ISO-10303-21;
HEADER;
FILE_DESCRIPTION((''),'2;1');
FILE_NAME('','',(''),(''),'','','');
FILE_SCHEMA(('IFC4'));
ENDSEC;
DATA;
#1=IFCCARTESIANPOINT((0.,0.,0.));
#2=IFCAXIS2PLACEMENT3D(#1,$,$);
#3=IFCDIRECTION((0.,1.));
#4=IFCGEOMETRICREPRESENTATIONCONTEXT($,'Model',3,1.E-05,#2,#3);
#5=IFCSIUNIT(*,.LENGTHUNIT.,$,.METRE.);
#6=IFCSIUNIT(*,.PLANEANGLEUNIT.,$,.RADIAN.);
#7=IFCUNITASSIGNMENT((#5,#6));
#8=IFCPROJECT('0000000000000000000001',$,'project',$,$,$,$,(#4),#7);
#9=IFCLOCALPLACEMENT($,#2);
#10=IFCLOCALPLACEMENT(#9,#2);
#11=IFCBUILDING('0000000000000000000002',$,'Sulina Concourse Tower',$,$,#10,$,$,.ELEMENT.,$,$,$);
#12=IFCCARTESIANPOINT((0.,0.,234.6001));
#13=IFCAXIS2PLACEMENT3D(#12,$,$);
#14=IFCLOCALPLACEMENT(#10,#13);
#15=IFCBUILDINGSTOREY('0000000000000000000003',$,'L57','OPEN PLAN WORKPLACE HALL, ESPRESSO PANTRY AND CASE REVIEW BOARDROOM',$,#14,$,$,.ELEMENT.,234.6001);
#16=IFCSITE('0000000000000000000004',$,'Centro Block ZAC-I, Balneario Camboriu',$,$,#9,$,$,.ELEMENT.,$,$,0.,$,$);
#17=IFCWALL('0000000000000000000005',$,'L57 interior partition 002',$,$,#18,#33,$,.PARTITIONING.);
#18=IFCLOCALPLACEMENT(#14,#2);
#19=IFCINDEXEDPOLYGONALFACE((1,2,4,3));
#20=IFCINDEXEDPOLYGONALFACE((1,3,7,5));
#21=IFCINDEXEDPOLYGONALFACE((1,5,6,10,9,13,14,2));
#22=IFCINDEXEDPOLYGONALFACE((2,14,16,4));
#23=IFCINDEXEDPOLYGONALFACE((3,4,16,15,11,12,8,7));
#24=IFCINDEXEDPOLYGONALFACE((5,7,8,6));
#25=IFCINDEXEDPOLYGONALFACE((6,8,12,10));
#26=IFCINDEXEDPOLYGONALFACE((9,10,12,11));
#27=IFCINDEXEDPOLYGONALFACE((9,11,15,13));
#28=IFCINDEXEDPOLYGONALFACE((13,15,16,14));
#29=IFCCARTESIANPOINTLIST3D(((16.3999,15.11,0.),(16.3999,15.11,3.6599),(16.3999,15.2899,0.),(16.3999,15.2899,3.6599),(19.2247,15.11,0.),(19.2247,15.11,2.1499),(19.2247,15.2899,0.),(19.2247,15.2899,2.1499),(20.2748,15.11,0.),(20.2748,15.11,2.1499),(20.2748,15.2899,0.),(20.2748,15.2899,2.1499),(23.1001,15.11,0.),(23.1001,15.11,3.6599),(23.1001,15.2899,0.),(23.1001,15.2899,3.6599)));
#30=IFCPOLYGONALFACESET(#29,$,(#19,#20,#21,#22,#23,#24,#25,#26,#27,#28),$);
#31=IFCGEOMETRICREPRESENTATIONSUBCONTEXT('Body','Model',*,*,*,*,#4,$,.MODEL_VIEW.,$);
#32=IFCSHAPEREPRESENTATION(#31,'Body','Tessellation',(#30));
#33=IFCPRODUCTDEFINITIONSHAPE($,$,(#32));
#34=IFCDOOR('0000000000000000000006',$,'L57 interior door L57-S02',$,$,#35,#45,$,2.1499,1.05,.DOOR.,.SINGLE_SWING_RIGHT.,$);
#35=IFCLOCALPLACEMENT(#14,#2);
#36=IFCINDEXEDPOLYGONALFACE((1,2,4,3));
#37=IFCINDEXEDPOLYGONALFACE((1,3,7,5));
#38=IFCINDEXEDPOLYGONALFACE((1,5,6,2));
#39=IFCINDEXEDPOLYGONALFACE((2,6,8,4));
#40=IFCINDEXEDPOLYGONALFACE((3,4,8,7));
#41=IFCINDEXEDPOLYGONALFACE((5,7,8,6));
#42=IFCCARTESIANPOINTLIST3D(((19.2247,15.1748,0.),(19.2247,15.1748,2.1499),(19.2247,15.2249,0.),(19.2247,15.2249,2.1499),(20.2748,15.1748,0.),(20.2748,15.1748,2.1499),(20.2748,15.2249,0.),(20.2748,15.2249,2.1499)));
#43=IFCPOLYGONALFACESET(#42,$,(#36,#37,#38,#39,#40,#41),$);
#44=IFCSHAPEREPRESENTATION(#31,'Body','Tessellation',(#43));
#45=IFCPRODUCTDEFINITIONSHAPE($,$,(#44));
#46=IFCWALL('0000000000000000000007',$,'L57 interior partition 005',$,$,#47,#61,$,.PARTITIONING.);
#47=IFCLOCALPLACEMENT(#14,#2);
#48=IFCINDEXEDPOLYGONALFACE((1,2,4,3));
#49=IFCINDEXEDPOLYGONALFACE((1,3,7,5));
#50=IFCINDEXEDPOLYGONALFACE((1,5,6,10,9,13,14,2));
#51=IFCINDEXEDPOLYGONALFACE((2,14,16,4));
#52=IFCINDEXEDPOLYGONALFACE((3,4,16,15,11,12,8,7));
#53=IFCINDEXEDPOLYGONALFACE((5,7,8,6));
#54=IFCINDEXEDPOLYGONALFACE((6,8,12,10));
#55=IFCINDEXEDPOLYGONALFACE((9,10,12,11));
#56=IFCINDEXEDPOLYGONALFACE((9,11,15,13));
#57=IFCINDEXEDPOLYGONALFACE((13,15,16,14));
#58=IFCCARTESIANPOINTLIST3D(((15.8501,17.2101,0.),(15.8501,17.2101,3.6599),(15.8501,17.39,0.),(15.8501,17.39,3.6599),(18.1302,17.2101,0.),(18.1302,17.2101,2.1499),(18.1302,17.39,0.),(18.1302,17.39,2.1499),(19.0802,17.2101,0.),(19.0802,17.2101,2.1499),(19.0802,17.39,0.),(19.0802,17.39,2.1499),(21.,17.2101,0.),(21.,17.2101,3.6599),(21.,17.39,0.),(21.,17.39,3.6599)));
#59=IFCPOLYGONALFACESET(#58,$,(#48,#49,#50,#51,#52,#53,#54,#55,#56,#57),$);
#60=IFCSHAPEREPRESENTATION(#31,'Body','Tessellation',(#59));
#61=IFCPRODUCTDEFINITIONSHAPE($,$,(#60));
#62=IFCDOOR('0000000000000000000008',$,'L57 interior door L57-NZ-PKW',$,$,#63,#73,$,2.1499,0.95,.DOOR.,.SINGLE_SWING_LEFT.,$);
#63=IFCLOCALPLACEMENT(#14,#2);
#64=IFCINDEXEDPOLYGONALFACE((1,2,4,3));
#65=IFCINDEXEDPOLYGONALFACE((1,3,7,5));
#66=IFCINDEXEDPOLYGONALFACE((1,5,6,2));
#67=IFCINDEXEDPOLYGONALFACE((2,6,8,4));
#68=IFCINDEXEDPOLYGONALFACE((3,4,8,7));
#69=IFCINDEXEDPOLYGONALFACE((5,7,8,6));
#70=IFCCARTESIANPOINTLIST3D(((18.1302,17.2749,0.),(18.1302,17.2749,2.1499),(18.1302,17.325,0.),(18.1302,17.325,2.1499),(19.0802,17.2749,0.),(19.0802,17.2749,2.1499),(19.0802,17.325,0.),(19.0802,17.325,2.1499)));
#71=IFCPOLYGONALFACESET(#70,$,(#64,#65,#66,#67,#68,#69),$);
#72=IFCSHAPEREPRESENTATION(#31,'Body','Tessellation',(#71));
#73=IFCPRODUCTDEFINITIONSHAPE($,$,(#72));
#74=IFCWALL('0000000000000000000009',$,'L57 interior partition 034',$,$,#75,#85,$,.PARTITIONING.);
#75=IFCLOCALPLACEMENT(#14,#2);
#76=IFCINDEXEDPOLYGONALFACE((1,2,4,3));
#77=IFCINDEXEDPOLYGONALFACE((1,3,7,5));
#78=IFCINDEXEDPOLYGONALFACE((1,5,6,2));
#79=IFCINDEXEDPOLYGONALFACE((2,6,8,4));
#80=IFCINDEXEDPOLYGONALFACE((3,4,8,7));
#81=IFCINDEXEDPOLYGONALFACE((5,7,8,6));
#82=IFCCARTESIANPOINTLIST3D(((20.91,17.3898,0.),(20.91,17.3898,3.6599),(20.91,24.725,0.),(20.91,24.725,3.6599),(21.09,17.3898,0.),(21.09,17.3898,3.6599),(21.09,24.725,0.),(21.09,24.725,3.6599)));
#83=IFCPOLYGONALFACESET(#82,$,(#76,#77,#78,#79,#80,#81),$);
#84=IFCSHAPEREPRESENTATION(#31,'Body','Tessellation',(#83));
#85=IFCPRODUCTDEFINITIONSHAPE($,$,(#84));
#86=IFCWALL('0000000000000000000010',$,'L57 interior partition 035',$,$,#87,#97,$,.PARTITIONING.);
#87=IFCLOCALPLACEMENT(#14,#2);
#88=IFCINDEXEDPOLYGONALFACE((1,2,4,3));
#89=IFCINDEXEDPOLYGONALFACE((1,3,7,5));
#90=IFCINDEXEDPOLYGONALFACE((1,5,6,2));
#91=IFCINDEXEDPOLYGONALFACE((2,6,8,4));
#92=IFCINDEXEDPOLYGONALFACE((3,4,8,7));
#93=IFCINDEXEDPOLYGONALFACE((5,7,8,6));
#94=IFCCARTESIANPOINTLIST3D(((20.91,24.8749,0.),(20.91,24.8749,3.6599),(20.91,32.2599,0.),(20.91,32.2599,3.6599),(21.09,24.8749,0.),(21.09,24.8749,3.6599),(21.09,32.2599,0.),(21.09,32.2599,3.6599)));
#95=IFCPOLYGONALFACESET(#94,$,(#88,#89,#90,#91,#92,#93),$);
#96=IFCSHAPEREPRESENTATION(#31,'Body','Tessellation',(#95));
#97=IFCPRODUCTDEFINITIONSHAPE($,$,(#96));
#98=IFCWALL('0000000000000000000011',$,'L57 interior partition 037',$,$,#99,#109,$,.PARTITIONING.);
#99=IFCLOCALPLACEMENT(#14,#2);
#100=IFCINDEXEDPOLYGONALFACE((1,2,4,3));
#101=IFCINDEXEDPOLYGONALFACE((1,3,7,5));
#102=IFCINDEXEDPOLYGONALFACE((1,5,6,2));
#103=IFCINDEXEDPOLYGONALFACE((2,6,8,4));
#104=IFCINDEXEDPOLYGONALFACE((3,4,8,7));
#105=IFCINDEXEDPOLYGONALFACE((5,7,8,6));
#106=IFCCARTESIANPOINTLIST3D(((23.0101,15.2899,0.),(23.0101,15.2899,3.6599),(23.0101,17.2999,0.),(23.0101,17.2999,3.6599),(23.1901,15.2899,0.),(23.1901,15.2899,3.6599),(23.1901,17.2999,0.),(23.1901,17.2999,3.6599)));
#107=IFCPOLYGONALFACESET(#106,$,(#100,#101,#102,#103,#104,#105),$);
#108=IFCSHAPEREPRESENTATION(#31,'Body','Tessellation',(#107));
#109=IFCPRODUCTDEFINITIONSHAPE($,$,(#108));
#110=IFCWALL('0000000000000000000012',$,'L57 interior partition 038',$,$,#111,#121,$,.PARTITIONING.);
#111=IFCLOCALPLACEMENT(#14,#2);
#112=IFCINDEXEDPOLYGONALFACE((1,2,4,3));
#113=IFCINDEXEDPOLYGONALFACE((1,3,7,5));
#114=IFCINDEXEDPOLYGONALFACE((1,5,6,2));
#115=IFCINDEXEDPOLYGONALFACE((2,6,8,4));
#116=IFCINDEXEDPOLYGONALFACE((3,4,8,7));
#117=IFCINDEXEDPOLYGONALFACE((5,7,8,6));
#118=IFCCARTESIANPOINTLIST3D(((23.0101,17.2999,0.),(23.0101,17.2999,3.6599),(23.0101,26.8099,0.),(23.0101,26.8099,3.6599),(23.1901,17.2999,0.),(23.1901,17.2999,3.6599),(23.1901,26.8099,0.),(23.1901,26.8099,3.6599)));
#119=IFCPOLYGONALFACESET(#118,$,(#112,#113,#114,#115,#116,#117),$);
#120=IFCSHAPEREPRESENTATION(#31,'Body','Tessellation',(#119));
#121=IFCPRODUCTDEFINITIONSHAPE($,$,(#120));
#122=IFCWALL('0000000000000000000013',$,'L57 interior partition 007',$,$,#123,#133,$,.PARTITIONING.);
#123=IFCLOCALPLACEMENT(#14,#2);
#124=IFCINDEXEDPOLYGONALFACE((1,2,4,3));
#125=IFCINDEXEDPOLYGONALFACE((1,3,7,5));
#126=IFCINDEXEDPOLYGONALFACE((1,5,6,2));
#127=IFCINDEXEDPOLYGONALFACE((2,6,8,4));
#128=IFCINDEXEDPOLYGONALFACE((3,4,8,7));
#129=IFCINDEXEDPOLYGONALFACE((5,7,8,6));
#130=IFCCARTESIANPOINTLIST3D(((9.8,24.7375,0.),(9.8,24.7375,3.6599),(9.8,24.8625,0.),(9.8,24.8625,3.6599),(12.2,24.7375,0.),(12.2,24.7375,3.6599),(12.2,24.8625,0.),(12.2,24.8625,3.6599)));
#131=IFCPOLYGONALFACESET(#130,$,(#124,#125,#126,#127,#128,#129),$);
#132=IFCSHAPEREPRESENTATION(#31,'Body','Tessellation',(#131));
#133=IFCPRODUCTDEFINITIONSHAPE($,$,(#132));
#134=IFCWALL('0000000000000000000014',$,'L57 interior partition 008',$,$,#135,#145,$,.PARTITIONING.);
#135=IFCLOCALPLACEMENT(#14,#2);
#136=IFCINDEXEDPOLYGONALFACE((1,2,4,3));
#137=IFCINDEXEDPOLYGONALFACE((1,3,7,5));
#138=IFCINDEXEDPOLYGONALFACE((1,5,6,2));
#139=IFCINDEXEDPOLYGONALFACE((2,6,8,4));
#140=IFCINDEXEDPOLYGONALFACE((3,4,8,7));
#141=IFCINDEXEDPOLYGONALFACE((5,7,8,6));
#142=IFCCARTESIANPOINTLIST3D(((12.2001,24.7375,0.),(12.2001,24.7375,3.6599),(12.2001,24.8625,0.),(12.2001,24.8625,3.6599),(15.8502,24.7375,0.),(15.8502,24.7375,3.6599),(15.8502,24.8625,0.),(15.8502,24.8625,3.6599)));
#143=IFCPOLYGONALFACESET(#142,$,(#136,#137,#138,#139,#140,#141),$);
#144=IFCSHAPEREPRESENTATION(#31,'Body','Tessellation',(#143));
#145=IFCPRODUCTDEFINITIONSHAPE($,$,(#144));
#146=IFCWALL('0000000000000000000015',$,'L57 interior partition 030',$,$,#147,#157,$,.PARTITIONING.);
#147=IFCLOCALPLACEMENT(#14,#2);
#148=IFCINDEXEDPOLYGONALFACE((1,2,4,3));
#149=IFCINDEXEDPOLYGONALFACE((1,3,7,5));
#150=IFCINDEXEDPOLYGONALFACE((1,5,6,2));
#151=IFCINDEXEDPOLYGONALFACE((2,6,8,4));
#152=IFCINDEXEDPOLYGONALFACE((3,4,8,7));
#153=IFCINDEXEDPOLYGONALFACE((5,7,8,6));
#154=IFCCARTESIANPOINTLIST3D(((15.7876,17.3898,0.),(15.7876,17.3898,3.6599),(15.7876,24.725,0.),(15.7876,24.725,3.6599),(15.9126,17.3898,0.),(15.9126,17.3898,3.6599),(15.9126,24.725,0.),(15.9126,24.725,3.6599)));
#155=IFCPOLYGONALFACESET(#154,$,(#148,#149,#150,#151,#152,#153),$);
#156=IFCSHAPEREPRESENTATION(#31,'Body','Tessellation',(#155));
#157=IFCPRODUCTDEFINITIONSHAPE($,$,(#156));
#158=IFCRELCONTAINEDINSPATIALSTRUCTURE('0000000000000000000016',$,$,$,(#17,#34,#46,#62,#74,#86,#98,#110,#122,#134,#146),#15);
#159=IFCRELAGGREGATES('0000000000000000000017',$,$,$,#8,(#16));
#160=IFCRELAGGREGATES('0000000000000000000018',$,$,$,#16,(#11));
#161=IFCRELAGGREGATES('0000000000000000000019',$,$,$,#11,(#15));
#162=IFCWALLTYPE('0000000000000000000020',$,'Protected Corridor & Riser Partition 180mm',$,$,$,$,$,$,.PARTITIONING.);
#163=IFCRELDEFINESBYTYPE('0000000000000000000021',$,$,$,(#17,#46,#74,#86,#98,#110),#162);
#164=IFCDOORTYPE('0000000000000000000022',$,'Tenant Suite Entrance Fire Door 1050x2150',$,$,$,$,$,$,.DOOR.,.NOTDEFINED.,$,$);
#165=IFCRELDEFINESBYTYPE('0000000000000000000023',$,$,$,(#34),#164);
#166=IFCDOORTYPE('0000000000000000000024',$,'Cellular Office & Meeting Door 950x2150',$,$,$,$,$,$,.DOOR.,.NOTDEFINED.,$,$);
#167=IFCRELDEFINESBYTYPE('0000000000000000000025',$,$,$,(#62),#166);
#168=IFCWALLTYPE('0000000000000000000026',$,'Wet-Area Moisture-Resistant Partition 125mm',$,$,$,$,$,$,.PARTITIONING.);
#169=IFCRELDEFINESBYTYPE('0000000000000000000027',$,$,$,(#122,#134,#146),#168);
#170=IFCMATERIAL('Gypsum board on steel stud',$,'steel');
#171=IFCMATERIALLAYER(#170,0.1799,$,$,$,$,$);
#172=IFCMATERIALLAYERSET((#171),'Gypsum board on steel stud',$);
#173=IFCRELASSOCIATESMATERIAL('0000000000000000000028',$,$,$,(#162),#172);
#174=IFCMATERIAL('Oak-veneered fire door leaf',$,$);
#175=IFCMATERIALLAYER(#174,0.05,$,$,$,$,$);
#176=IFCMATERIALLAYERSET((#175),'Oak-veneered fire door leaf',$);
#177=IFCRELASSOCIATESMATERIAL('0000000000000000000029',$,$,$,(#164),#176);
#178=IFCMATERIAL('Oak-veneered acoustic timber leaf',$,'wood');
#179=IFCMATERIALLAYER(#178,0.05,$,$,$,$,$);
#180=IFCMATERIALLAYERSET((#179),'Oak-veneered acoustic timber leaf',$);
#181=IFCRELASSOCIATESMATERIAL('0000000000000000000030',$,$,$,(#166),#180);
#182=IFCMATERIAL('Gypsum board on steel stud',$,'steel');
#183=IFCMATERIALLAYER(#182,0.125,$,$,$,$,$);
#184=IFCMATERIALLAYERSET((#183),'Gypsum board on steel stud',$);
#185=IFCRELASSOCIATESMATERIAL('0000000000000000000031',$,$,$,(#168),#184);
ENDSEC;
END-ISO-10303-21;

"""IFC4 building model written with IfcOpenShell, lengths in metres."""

from ifc_helpers import new_model, si_unit, direction, frame, frame_2d, origin, place, context, subcontext, project, spatial, rectangle, extrude, material, layer, layer_set, type_object, element, fill, save


model = new_model("IFC4")

# Units and contexts
model_context = context("Model", 3, precision=1e-05, world=origin(), true_north=direction((0.0, 1.0)))
body_context = subcontext(model_context, "Body", "Model", "MODEL_VIEW")
ifc_project = project(units=[si_unit("LENGTHUNIT", "METRE"), si_unit("PLANEANGLEUNIT", "RADIAN")], contexts=[model_context])

# Site, building, storey
site_placement = place(None, origin())
site = spatial("IfcSite", under=ifc_project, at=site_placement, Name="Centro Block ZAC-I, Balneario Camboriu", CompositionType="ELEMENT", RefElevation=0.0)
building_placement = place(site_placement, origin())
building = spatial("IfcBuilding", under=site, at=building_placement, Name="Sulina Concourse Tower", CompositionType="ELEMENT")
storey_placement = place(building_placement, frame((0.0, 0.0, 234.6001)))
storey = spatial("IfcBuildingStorey", under=building, at=storey_placement, Name="L57", Description="OPEN PLAN WORKPLACE HALL, ESPRESSO PANTRY AND CASE REVIEW BOARDROOM", CompositionType="ELEMENT", Elevation=234.6001)

# Walls, openings, doors
ifc_material_1 = material(Name="Gypsum board on steel stud", Category="steel")
ifc_layer_1 = layer(ifc_material_1, 0.1799)
ifc_layer_set_1 = layer_set([ifc_layer_1], Name="Gypsum board on steel stud")
wall_type_1 = type_object("IfcWallType", Name="Protected Corridor & Riser Partition 180mm", PredefinedType="PARTITIONING", material=ifc_layer_set_1)
wall_1_placement = place(storey_placement, frame((16.3999, 15.2, 0.0), z_axis=(0.0, 0.0, 1.0), x_axis=(1.0, 0.0, 0.0)))
wall_1 = element("IfcWall", 1, at=wall_1_placement, inside=storey, type_object=wall_type_1, Name="L57 interior partition 002", PredefinedType="PARTITIONING", context=body_context, shape_type="SweptSolid", body=[
    extrude(rectangle(XDim=6.7002, YDim=0.1799, at=frame_2d((3.3501, 0.0))), origin(), (0.0, 0.0, 1.0), 3.6599),
])
opening_1_placement = place(wall_1_placement, frame((2.825, 0.0, 0.0)))
opening_1 = element("IfcOpeningElement", 2, at=opening_1_placement, cuts=wall_1, PredefinedType="OPENING", context=body_context, shape_type="SweptSolid", body=[
    extrude(rectangle(XDim=1.05, YDim=2.1499, at=frame_2d((0.5249, 1.075))), frame((0.0, 0.0999, 0.0), z_axis=(0.0, -1.0, 0.0), x_axis=(1.0, 0.0, 0.0)), (0.0, 0.0, 1.0), 0.2),
])
ifc_material_2 = material(Name="Oak-veneered fire door leaf")
ifc_layer_2 = layer(ifc_material_2, 0.05)
ifc_layer_set_2 = layer_set([ifc_layer_2], Name="Oak-veneered fire door leaf")
door_type_1 = type_object("IfcDoorType", Name="Tenant Suite Entrance Fire Door 1050x2150", OperationType="NOTDEFINED", PredefinedType="DOOR", material=ifc_layer_set_2)
door_1_placement = place(opening_1_placement, origin())
door_1 = element("IfcDoor", 3, at=door_1_placement, inside=storey, type_object=door_type_1, Name="L57 interior door L57-S02", OperationType="SINGLE_SWING_RIGHT", OverallHeight=2.1499, OverallWidth=1.05, PredefinedType="DOOR", context=body_context, shape_type="SweptSolid", body=[
    extrude(rectangle(XDim=1.05, YDim=2.1499, at=frame_2d((0.5249, 1.075))), frame((0.0, 0.0249, 0.0), z_axis=(0.0, -1.0, 0.0), x_axis=(1.0, 0.0, 0.0)), (0.0, 0.0, 1.0), 0.05),
])
fill(opening_1, door_1)
wall_2_placement = place(storey_placement, frame((15.8501, 17.3, 0.0), z_axis=(0.0, 0.0, 1.0), x_axis=(1.0, 0.0, 0.0)))
wall_2 = element("IfcWall", 4, at=wall_2_placement, inside=storey, type_object=wall_type_1, Name="L57 interior partition 005", PredefinedType="PARTITIONING", context=body_context, shape_type="SweptSolid", body=[
    extrude(rectangle(XDim=5.1499, YDim=0.1799, at=frame_2d((2.575, 0.0))), origin(), (0.0, 0.0, 1.0), 3.6599),
])
opening_2_placement = place(wall_2_placement, frame((2.28, 0.0, 0.0)))
opening_2 = element("IfcOpeningElement", 5, at=opening_2_placement, cuts=wall_2, PredefinedType="OPENING", context=body_context, shape_type="SweptSolid", body=[
    extrude(rectangle(XDim=0.95, YDim=2.1499, at=frame_2d((0.4751, 1.075))), frame((0.0, 0.0999, 0.0), z_axis=(0.0, -1.0, 0.0), x_axis=(1.0, 0.0, 0.0)), (0.0, 0.0, 1.0), 0.2),
])
ifc_material_3 = material(Name="Oak-veneered acoustic timber leaf", Category="wood")
ifc_layer_3 = layer(ifc_material_3, 0.05)
ifc_layer_set_3 = layer_set([ifc_layer_3], Name="Oak-veneered acoustic timber leaf")
door_type_2 = type_object("IfcDoorType", Name="Cellular Office & Meeting Door 950x2150", OperationType="NOTDEFINED", PredefinedType="DOOR", material=ifc_layer_set_3)
door_2_placement = place(opening_2_placement, origin())
door_2 = element("IfcDoor", 6, at=door_2_placement, inside=storey, type_object=door_type_2, Name="L57 interior door L57-NZ-PKW", OperationType="SINGLE_SWING_LEFT", OverallHeight=2.1499, OverallWidth=0.95, PredefinedType="DOOR", context=body_context, shape_type="SweptSolid", body=[
    extrude(rectangle(XDim=0.95, YDim=2.1499, at=frame_2d((0.4751, 1.075))), frame((0.0, 0.0249, 0.0), z_axis=(0.0, -1.0, 0.0), x_axis=(1.0, 0.0, 0.0)), (0.0, 0.0, 1.0), 0.05),
])
fill(opening_2, door_2)

# Walls
wall_3_placement = place(storey_placement, frame((21.0, 17.3899, 0.0), z_axis=(0.0, 0.0, 1.0), x_axis=(0.0, 1.0, 0.0)))
element("IfcWall", 7, at=wall_3_placement, inside=storey, type_object=wall_type_1, Name="L57 interior partition 034", PredefinedType="PARTITIONING", context=body_context, shape_type="SweptSolid", body=[
    extrude(rectangle(XDim=7.3352, YDim=0.1799, at=frame_2d((3.6675, 0.0))), origin(), (0.0, 0.0, 1.0), 3.6599),
])
wall_4_placement = place(storey_placement, frame((21.0, 24.875, 0.0), z_axis=(0.0, 0.0, 1.0), x_axis=(0.0, 1.0, 0.0)))
element("IfcWall", 8, at=wall_4_placement, inside=storey, type_object=wall_type_1, Name="L57 interior partition 035", PredefinedType="PARTITIONING", context=body_context, shape_type="SweptSolid", body=[
    extrude(rectangle(XDim=7.385, YDim=0.1799, at=frame_2d((3.6924, 0.0))), origin(), (0.0, 0.0, 1.0), 3.6599),
])
wall_5_placement = place(storey_placement, frame((23.1001, 15.29, 0.0), z_axis=(0.0, 0.0, 1.0), x_axis=(0.0, 1.0, 0.0)))
element("IfcWall", 9, at=wall_5_placement, inside=storey, type_object=wall_type_1, Name="L57 interior partition 037", PredefinedType="PARTITIONING", context=body_context, shape_type="SweptSolid", body=[
    extrude(rectangle(XDim=2.01, YDim=0.1799, at=frame_2d((1.0049, 0.0))), origin(), (0.0, 0.0, 1.0), 3.6599),
])
wall_6_placement = place(storey_placement, frame((23.1001, 17.3, 0.0), z_axis=(0.0, 0.0, 1.0), x_axis=(0.0, 1.0, 0.0)))
element("IfcWall", 10, at=wall_6_placement, inside=storey, type_object=wall_type_1, Name="L57 interior partition 038", PredefinedType="PARTITIONING", context=body_context, shape_type="SweptSolid", body=[
    extrude(rectangle(XDim=9.51, YDim=0.1799, at=frame_2d((4.7549, 0.0))), origin(), (0.0, 0.0, 1.0), 3.6599),
])
ifc_material_4 = material(Name="Gypsum board on steel stud", Category="steel")
ifc_layer_4 = layer(ifc_material_4, 0.125)
ifc_layer_set_4 = layer_set([ifc_layer_4], Name="Gypsum board on steel stud")
wall_type_2 = type_object("IfcWallType", Name="Wet-Area Moisture-Resistant Partition 125mm", PredefinedType="PARTITIONING", material=ifc_layer_set_4)
wall_7_placement = place(storey_placement, frame((9.8, 24.8, 0.0), z_axis=(0.0, 0.0, 1.0), x_axis=(1.0, 0.0, 0.0)))
element("IfcWall", 11, at=wall_7_placement, inside=storey, type_object=wall_type_2, Name="L57 interior partition 007", PredefinedType="PARTITIONING", context=body_context, shape_type="SweptSolid", body=[
    extrude(rectangle(XDim=2.3999, YDim=0.125, at=frame_2d((1.2, 0.0))), origin(), (0.0, 0.0, 1.0), 3.6599),
])
wall_8_placement = place(storey_placement, frame((12.2, 24.8, 0.0), z_axis=(0.0, 0.0, 1.0), x_axis=(1.0, 0.0, 0.0)))
element("IfcWall", 12, at=wall_8_placement, inside=storey, type_object=wall_type_2, Name="L57 interior partition 008", PredefinedType="PARTITIONING", context=body_context, shape_type="SweptSolid", body=[
    extrude(rectangle(XDim=3.6501, YDim=0.125, at=frame_2d((1.8252, 0.0))), origin(), (0.0, 0.0, 1.0), 3.6599),
])
wall_9_placement = place(storey_placement, frame((15.8501, 17.3899, 0.0), z_axis=(0.0, 0.0, 1.0), x_axis=(0.0, 1.0, 0.0)))
element("IfcWall", 13, at=wall_9_placement, inside=storey, type_object=wall_type_2, Name="L57 interior partition 030", PredefinedType="PARTITIONING", context=body_context, shape_type="SweptSolid", body=[
    extrude(rectangle(XDim=7.3352, YDim=0.125, at=frame_2d((3.6675, 0.0))), origin(), (0.0, 0.0, 1.0), 3.6599),
])

save(model, "model.ifc")
